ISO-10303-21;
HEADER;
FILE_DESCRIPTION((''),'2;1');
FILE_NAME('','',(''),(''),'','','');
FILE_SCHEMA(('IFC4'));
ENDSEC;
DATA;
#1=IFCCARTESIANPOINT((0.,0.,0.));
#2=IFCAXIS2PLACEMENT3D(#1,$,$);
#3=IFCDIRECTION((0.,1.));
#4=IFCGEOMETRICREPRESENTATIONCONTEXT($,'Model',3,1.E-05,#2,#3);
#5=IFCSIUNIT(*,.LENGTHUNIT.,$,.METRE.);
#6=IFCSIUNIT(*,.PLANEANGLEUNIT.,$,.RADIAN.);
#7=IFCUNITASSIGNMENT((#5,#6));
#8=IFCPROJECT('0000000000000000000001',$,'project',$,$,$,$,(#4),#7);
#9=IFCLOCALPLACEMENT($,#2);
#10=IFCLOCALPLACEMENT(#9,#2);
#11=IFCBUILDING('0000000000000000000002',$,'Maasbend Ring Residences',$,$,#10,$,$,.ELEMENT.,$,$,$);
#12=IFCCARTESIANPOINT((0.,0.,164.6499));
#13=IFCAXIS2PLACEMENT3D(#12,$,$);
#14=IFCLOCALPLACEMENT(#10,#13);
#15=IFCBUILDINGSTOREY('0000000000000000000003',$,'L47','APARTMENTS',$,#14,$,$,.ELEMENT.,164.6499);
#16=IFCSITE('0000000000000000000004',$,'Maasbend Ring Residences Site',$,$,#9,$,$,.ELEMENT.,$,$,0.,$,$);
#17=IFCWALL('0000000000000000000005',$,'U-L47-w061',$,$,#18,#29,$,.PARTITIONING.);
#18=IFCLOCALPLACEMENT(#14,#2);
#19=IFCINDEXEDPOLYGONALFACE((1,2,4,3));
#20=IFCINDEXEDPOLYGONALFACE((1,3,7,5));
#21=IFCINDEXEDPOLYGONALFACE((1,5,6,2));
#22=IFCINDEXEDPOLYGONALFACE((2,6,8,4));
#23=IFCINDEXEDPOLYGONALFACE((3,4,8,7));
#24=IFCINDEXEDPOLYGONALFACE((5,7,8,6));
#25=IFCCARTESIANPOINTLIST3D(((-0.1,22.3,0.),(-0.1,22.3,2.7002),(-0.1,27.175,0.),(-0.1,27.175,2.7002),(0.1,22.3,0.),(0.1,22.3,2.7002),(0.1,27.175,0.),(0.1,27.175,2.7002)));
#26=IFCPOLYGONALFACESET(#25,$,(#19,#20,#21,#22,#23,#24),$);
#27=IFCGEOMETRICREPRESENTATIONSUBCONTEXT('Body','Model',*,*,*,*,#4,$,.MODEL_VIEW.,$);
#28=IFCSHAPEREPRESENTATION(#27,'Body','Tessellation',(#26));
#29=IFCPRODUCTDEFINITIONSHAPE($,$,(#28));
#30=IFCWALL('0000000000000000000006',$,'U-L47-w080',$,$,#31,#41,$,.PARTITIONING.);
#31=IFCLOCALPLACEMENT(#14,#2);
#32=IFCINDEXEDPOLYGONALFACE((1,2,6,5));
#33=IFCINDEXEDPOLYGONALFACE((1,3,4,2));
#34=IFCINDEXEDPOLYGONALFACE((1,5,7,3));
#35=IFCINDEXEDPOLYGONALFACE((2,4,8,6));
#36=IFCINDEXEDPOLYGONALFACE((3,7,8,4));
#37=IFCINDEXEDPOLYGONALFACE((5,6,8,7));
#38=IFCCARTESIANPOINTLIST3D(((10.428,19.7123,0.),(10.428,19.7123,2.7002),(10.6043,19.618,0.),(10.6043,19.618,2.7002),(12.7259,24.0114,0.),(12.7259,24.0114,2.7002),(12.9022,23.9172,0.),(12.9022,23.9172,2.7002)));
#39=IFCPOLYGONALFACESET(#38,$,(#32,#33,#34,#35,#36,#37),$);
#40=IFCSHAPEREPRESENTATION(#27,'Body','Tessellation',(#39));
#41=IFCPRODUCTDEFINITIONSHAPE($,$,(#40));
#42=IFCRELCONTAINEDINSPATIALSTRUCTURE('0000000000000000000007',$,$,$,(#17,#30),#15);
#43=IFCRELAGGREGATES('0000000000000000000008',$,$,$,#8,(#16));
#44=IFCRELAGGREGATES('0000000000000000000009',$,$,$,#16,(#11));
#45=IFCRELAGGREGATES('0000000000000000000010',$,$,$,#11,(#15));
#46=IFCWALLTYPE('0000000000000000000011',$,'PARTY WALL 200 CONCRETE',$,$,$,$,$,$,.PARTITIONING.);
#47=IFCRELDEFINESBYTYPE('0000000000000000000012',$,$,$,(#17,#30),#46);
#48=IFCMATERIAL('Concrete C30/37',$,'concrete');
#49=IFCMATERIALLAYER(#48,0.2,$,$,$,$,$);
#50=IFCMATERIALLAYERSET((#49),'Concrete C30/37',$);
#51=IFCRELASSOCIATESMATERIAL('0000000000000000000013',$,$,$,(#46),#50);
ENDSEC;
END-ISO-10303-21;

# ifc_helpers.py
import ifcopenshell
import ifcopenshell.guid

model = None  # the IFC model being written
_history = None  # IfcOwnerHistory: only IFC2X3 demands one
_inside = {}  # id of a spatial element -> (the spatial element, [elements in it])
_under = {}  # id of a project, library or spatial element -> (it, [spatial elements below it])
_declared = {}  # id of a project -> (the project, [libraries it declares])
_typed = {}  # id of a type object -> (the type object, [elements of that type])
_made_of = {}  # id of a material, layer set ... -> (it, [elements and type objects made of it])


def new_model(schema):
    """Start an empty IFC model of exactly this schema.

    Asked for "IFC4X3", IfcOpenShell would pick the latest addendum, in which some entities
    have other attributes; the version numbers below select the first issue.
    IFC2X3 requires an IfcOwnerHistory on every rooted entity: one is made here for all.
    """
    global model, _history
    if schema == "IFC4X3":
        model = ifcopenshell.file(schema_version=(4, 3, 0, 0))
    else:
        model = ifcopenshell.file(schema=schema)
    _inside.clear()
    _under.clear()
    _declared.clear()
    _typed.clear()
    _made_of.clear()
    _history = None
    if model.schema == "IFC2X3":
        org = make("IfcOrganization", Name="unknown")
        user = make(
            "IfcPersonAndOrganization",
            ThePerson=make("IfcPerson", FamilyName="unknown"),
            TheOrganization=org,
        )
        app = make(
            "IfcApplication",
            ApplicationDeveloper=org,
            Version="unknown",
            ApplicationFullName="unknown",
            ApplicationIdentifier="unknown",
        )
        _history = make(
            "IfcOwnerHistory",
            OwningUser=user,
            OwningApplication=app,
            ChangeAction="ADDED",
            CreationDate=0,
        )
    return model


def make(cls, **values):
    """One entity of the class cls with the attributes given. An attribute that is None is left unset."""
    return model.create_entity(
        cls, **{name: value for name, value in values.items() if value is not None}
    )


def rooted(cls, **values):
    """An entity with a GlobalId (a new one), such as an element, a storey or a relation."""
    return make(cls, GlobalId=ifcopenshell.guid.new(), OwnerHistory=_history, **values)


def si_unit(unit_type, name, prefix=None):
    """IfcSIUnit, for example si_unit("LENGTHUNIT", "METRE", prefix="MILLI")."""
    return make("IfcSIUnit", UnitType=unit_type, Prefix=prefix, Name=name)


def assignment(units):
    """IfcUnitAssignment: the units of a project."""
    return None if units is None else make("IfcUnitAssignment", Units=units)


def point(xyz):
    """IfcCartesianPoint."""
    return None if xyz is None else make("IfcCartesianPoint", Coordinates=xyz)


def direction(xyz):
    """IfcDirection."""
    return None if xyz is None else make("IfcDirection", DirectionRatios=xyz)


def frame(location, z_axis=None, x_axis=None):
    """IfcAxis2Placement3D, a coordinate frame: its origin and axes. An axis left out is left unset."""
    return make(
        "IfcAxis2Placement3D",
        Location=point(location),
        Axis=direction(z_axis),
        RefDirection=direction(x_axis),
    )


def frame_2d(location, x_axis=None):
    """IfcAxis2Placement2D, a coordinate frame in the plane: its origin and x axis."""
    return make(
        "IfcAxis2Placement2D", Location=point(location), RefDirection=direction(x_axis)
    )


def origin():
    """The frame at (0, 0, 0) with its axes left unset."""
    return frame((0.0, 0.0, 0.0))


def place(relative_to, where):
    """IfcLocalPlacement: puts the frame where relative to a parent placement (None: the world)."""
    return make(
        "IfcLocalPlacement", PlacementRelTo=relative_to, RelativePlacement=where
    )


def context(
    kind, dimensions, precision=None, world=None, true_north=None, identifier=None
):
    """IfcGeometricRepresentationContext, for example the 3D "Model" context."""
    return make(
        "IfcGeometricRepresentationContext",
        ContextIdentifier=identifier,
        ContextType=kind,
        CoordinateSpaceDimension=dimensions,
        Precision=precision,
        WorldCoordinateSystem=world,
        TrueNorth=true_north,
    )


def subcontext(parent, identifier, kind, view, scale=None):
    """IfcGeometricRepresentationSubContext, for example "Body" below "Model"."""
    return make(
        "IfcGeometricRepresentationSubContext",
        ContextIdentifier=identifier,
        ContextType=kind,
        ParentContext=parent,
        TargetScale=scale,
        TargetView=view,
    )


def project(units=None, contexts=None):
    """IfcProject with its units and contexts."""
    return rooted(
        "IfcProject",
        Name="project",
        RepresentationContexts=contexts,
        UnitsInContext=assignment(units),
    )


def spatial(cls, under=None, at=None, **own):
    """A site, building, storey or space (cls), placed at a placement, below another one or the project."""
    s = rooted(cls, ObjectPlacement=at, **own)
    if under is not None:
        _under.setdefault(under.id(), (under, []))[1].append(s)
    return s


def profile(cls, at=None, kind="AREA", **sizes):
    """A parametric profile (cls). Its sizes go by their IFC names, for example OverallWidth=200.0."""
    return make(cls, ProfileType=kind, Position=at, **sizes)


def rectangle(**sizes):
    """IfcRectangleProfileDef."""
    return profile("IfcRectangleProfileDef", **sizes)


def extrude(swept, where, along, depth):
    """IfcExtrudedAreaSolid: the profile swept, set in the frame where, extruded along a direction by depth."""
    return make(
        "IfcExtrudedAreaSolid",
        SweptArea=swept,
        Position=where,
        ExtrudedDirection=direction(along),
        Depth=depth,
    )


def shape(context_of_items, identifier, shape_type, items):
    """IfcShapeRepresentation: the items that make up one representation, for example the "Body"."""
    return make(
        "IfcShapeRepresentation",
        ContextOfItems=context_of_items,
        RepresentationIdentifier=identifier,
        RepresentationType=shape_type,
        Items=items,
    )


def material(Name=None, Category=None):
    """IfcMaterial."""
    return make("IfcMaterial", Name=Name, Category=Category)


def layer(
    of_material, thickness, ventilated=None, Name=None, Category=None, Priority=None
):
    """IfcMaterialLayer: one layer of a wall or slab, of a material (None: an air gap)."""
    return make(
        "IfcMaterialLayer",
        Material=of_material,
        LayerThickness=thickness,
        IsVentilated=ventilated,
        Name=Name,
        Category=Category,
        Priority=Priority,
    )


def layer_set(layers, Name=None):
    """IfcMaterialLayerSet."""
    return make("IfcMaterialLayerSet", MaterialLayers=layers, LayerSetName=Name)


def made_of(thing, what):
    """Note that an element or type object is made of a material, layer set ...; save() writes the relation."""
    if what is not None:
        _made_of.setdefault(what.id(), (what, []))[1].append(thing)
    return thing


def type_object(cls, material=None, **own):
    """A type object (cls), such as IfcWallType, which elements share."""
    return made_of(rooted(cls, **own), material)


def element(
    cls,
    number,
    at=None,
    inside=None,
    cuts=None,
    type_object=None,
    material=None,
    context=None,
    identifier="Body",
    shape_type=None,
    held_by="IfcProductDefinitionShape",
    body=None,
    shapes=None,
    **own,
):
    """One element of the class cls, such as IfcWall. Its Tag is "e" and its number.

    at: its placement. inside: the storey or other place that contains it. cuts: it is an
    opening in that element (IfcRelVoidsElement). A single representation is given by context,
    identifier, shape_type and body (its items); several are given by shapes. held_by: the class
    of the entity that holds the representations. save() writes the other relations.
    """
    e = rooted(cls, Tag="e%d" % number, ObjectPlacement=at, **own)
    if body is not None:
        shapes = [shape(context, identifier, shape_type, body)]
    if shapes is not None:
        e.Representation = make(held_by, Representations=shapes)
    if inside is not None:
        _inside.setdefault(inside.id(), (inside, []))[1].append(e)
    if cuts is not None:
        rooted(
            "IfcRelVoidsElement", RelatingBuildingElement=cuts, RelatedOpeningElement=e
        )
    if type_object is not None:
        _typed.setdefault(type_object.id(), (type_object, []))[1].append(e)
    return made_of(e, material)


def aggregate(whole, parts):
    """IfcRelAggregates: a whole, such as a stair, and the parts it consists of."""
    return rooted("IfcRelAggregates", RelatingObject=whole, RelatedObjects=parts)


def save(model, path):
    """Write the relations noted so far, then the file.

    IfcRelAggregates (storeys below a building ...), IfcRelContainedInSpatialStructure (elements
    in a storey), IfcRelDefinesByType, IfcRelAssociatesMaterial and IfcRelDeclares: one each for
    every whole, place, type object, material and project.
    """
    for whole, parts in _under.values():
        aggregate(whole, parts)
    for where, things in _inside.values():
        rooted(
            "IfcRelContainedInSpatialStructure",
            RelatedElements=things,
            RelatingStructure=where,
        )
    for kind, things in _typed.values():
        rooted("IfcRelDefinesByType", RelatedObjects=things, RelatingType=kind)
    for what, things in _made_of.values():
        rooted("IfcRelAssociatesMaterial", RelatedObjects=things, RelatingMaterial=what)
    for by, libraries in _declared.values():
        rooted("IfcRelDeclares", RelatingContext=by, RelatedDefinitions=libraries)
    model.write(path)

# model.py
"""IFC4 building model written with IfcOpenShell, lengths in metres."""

from ifc_helpers import new_model, si_unit, direction, frame, frame_2d, origin, place, context, subcontext, project, spatial, rectangle, extrude, material, layer, layer_set, type_object, element, save


model = new_model("IFC4")

# Units and contexts
model_context = context("Model", 3, precision=1e-05, world=origin(), true_north=direction((0.0, 1.0)))
body_context = subcontext(model_context, "Body", "Model", "MODEL_VIEW")
ifc_project = project(units=[si_unit("LENGTHUNIT", "METRE"), si_unit("PLANEANGLEUNIT", "RADIAN")], contexts=[model_context])

# Site, building, storey
site_placement = place(None, origin())
site = spatial("IfcSite", under=ifc_project, at=site_placement, Name="Maasbend Ring Residences Site", CompositionType="ELEMENT", RefElevation=0.0)
building_placement = place(site_placement, origin())
building = spatial("IfcBuilding", under=site, at=building_placement, Name="Maasbend Ring Residences", CompositionType="ELEMENT")
storey_placement = place(building_placement, frame((0.0, 0.0, 164.6499)))
storey = spatial("IfcBuildingStorey", under=building, at=storey_placement, Name="L47", Description="APARTMENTS", CompositionType="ELEMENT", Elevation=164.6499)

# Walls
ifc_material_1 = material(Name="Concrete C30/37", Category="concrete")
ifc_layer_1 = layer(ifc_material_1, 0.2)
ifc_layer_set_1 = layer_set([ifc_layer_1], Name="Concrete C30/37")
wall_type_1 = type_object("IfcWallType", Name="PARTY WALL 200 CONCRETE", PredefinedType="PARTITIONING", material=ifc_layer_set_1)
wall_1_placement = place(storey_placement, frame((0.0, 22.3, 0.0), z_axis=(0.0, 0.0, 1.0), x_axis=(0.0, 1.0, 0.0)))
element("IfcWall", 1, at=wall_1_placement, inside=storey, type_object=wall_type_1, Name="U-L47-w061", PredefinedType="PARTITIONING", context=body_context, shape_type="SweptSolid", body=[
    extrude(rectangle(XDim=4.875, YDim=0.2, at=frame_2d((2.4375, 0.0))), origin(), (0.0, 0.0, 1.0), 2.7002),
])
wall_2_placement = place(storey_placement, frame((10.5161, 19.665, 0.0), z_axis=(0.0, 0.0, 1.0), x_axis=(0.471389, 0.881926, 0.0)))
element("IfcWall", 2, at=wall_2_placement, inside=storey, type_object=wall_type_1, Name="U-L47-w080", PredefinedType="PARTITIONING", context=body_context, shape_type="SweptSolid", body=[
    extrude(rectangle(XDim=4.8748, YDim=0.2, at=frame_2d((2.4375, 0.0))), origin(), (0.0, 0.0, 1.0), 2.7002),
])

save(model, "model.ifc")
